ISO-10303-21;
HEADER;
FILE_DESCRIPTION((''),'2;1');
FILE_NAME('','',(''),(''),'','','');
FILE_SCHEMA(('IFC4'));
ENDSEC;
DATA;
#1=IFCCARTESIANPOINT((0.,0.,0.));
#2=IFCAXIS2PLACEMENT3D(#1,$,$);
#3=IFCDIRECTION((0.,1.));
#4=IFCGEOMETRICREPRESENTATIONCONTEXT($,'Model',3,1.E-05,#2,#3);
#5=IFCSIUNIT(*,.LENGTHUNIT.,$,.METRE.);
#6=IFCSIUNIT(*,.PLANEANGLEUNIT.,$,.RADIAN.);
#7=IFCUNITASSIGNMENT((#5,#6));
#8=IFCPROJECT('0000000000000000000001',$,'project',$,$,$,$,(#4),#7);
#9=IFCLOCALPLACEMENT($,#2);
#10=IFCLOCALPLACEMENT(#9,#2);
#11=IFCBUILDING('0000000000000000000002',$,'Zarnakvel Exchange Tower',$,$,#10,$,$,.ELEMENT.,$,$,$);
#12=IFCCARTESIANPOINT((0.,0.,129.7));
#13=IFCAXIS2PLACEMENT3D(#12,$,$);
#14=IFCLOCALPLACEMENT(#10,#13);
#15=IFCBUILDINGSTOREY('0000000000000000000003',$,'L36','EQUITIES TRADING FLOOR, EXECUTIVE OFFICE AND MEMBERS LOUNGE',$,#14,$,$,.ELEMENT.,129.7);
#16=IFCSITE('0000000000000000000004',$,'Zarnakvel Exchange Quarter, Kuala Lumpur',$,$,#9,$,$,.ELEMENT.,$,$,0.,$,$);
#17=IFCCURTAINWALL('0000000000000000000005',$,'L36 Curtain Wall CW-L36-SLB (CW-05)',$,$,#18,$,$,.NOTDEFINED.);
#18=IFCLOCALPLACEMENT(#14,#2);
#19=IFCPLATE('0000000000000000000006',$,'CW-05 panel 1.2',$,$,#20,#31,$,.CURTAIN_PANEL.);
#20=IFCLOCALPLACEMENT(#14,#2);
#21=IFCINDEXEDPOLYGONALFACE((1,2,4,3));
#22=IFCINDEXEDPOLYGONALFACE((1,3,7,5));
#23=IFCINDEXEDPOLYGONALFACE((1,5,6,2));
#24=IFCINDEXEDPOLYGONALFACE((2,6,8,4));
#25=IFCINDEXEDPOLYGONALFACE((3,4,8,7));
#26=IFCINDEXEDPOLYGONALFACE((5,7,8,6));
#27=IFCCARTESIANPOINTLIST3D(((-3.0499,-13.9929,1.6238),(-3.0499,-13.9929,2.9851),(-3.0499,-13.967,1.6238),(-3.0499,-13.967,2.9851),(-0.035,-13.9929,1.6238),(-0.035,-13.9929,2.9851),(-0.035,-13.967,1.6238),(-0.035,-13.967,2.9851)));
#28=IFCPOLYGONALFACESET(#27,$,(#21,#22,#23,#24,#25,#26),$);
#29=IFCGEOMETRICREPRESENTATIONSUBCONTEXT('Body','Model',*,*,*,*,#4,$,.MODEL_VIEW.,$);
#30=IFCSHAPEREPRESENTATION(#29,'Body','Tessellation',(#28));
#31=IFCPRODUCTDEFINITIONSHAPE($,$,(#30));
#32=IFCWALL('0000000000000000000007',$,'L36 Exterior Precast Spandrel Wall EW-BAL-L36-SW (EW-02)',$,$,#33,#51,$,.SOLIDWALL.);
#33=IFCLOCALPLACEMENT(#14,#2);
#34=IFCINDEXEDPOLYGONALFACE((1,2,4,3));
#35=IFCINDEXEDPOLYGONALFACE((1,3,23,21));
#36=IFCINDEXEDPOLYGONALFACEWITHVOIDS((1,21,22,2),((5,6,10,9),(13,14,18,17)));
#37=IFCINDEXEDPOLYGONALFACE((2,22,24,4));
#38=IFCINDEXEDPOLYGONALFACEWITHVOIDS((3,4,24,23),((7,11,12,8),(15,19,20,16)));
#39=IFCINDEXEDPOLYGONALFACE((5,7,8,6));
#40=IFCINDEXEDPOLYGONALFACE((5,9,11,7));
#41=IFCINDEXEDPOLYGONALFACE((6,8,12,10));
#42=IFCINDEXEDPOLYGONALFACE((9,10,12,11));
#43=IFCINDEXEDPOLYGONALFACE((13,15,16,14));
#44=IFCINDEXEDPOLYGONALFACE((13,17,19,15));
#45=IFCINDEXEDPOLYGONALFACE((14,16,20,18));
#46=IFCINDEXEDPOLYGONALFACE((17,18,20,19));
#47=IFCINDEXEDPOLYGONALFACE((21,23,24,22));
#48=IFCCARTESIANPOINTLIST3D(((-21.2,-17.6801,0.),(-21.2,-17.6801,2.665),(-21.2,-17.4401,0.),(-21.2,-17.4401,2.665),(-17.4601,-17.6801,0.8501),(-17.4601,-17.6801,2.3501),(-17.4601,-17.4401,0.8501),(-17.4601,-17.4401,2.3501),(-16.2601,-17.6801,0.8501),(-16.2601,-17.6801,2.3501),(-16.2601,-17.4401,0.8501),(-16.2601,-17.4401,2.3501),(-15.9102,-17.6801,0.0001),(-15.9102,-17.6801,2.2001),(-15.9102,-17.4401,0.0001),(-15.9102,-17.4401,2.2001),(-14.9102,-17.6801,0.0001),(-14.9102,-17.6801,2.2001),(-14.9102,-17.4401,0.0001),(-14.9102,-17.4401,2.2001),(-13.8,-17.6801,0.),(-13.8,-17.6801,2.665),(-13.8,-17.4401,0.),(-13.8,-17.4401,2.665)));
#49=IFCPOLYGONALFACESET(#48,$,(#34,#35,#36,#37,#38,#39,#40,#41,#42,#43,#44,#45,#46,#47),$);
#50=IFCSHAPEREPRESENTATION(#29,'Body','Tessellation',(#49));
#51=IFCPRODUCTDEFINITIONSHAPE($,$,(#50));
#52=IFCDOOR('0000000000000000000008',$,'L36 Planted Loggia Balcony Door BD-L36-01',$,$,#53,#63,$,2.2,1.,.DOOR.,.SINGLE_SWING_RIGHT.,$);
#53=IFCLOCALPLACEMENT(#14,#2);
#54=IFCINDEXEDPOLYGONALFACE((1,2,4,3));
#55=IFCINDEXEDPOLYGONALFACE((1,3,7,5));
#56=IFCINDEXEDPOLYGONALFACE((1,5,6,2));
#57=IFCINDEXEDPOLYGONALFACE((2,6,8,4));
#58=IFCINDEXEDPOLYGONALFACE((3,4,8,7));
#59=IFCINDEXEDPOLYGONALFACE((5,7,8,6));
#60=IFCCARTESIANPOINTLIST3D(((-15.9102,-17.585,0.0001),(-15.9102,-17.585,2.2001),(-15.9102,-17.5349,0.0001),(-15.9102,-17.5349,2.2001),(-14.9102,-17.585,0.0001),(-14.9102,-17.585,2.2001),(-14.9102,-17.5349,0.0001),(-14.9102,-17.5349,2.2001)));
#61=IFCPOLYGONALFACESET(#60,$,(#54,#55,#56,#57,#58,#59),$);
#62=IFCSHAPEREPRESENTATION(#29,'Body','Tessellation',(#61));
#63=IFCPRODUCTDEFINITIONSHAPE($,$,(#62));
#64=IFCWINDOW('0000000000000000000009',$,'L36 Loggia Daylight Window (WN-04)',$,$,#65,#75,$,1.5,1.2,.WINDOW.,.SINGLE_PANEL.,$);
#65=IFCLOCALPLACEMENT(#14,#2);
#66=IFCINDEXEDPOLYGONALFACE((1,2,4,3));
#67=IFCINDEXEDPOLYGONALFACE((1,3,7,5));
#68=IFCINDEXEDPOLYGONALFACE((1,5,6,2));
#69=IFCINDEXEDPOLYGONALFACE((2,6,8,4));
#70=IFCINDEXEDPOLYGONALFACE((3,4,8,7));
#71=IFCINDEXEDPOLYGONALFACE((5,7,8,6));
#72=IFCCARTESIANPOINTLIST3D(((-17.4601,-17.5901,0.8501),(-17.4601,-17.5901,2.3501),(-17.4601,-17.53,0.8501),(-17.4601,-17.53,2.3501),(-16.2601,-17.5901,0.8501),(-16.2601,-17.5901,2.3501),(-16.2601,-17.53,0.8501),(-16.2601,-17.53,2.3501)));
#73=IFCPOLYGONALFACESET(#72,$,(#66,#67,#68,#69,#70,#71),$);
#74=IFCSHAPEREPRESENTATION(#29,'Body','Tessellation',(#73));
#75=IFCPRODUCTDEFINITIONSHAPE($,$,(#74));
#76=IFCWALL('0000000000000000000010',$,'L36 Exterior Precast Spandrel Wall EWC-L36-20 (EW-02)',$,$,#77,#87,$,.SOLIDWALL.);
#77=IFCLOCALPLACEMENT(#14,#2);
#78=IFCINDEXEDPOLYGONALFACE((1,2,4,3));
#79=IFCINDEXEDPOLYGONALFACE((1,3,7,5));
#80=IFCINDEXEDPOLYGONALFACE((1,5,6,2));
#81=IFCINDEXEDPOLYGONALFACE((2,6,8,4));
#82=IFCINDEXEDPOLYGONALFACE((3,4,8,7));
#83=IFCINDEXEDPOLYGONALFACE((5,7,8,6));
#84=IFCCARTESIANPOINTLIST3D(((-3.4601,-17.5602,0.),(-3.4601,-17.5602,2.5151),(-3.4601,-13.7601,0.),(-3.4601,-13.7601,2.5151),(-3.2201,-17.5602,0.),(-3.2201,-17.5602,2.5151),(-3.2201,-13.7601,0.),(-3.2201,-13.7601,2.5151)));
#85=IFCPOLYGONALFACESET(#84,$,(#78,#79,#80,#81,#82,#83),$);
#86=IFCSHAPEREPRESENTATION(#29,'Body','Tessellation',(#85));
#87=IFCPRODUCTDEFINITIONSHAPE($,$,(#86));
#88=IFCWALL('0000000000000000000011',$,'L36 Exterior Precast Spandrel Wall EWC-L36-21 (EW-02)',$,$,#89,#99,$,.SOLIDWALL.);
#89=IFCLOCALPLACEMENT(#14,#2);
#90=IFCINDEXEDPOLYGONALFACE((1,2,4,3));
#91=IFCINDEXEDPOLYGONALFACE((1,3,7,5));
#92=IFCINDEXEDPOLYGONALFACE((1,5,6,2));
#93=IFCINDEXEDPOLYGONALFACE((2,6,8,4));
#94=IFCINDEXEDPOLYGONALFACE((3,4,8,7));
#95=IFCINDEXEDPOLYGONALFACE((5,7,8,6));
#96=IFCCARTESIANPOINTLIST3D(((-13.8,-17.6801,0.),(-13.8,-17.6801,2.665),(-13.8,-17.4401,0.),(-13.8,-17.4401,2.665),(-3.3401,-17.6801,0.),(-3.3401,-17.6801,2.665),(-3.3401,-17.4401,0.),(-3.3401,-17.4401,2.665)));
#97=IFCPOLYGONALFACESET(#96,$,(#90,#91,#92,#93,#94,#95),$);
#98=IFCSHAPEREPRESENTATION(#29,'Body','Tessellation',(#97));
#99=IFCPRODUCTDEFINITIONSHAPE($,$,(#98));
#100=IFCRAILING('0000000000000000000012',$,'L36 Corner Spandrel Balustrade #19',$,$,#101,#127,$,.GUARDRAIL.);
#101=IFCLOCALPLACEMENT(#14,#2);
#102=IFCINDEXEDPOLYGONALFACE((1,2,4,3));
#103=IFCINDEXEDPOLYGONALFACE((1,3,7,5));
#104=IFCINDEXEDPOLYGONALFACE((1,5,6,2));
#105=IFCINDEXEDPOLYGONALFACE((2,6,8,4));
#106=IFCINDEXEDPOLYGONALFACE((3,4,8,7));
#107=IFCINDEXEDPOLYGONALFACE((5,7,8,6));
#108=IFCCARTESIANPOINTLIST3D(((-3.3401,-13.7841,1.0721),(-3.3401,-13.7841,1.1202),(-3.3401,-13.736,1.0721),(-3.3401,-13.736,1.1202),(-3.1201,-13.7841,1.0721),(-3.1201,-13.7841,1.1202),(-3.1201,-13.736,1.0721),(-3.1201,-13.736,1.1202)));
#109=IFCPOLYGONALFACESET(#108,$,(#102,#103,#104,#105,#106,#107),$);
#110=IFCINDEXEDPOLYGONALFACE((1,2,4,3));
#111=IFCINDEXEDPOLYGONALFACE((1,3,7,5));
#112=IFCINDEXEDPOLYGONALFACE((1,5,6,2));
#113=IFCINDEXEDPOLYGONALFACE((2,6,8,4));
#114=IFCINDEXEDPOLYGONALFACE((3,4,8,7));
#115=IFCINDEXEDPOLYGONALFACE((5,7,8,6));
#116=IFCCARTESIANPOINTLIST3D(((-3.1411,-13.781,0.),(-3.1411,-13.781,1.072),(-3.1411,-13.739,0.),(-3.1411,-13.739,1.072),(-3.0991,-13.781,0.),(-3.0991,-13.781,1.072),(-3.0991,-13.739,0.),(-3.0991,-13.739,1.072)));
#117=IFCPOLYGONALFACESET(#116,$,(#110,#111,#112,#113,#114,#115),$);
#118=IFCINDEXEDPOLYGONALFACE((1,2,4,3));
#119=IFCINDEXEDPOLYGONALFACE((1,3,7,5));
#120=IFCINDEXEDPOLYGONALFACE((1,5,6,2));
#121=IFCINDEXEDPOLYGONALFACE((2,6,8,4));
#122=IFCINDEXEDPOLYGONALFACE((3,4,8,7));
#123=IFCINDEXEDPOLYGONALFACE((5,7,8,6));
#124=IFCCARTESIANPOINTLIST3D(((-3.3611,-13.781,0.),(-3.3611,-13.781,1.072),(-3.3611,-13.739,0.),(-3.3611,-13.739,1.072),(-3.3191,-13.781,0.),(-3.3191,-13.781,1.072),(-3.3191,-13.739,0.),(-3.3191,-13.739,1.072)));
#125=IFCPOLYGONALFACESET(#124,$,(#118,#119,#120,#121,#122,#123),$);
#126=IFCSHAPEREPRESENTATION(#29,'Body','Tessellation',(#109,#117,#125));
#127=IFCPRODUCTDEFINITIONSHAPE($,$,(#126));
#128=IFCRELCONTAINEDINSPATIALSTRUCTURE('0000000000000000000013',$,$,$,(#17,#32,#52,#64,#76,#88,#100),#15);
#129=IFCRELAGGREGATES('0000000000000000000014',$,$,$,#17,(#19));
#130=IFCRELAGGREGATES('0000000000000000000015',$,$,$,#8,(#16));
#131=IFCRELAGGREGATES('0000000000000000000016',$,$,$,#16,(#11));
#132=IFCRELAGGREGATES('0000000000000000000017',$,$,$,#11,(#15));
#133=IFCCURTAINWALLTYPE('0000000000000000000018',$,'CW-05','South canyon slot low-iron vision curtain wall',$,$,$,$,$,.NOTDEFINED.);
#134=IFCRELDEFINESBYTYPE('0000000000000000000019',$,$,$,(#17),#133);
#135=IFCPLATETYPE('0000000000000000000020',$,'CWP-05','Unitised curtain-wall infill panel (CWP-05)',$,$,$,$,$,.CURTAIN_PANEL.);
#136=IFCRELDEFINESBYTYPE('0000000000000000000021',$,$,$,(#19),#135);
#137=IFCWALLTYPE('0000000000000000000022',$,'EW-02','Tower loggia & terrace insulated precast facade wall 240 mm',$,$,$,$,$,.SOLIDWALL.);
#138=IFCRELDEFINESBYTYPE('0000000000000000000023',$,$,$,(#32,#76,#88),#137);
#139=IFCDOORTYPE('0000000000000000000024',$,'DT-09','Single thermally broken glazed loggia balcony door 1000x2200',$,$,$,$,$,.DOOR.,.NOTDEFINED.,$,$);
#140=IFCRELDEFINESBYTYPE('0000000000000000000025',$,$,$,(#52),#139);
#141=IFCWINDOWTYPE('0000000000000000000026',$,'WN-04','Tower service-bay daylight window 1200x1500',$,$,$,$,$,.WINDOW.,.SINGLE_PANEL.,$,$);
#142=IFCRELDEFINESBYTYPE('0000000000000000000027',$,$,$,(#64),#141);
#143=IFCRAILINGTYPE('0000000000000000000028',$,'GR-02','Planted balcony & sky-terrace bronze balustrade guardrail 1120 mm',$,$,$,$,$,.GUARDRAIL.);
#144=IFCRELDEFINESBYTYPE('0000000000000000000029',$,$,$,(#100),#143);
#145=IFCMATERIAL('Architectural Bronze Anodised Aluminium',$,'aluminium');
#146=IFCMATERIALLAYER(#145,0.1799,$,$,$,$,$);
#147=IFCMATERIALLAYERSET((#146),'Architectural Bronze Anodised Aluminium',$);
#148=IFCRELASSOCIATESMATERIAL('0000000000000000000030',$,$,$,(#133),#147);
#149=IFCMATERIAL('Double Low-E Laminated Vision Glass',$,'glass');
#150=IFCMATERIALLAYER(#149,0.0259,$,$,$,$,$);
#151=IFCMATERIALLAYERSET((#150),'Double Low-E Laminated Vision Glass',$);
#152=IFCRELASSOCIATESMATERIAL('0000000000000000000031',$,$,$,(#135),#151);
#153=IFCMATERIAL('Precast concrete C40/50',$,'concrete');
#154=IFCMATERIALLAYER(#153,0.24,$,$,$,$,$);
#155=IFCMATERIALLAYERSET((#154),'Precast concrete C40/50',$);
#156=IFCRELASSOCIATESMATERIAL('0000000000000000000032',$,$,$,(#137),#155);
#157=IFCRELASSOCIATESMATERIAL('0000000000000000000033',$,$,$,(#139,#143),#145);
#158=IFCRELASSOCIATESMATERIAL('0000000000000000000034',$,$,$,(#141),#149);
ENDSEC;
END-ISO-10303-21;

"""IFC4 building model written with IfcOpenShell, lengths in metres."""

from ifc_helpers import new_model, si_unit, direction, frame, frame_2d, origin, origin_2d, place, context, subcontext, project, spatial, rectangle, extrude, source, transform, mapped, material, layer, layer_set, type_object, element, fill, aggregate, save


model = new_model("IFC4")

# Units and contexts
model_context = context("Model", 3, precision=1e-05, world=origin(), true_north=direction((0.0, 1.0)))
body_context = subcontext(model_context, "Body", "Model", "MODEL_VIEW")
ifc_project = project(units=[si_unit("LENGTHUNIT", "METRE"), si_unit("PLANEANGLEUNIT", "RADIAN")], contexts=[model_context])

# Site, building, storey
site_placement = place(None, origin())
site = spatial("IfcSite", under=ifc_project, at=site_placement, Name="Zarnakvel Exchange Quarter, Kuala Lumpur", CompositionType="ELEMENT", RefElevation=0.0)
building_placement = place(site_placement, origin())
building = spatial("IfcBuilding", under=site, at=building_placement, Name="Zarnakvel Exchange Tower", CompositionType="ELEMENT")
storey_placement = place(building_placement, frame((0.0, 0.0, 129.7)))
storey = spatial("IfcBuildingStorey", under=building, at=storey_placement, Name="L36", Description="EQUITIES TRADING FLOOR, EXECUTIVE OFFICE AND MEMBERS LOUNGE", CompositionType="ELEMENT", Elevation=129.7)

# Curtain wall
ifc_material_1 = material(Name="Architectural Bronze Anodised Aluminium", Category="aluminium")
ifc_layer_1 = layer(ifc_material_1, 0.1799)
ifc_layer_set_1 = layer_set([ifc_layer_1], Name="Architectural Bronze Anodised Aluminium")
curtain_wall_type = type_object("IfcCurtainWallType", Name="CW-05", Description="South canyon slot low-iron vision curtain wall", PredefinedType="NOTDEFINED", material=ifc_layer_set_1)
curtain_wall_1_placement = place(storey_placement, origin())
curtain_wall_1 = element("IfcCurtainWall", 1, at=curtain_wall_1_placement, inside=storey, type_object=curtain_wall_type, Name="L36 Curtain Wall CW-L36-SLB (CW-05)", PredefinedType="NOTDEFINED")

# Plate
ifc_material_2 = material(Name="Double Low-E Laminated Vision Glass", Category="glass")
ifc_layer_2 = layer(ifc_material_2, 0.0259)
ifc_layer_set_2 = layer_set([ifc_layer_2], Name="Double Low-E Laminated Vision Glass")
plate_type = type_object("IfcPlateType", Name="CWP-05", Description="Unitised curtain-wall infill panel (CWP-05)", PredefinedType="CURTAIN_PANEL", material=ifc_layer_set_2)
shared_shape_1 = source(origin(), body_context, "Body", "SweptSolid", [
    extrude(rectangle(XDim=3.0149, YDim=0.0259, at=origin_2d()), origin(), (0.0, 0.0, 1.0), 1.3613),
])
plate_1_placement = place(storey_placement, frame((-1.5425, -13.98, 1.6238), z_axis=(0.0, 0.0, 1.0), x_axis=(1.0, 0.0, 0.0)))
plate_1 = element("IfcPlate", 2, at=plate_1_placement, type_object=plate_type, Name="CW-05 panel 1.2", PredefinedType="CURTAIN_PANEL", context=body_context, shape_type="MappedRepresentation", body=[
    mapped(shared_shape_1, transform((0.0, 0.0, 0.0), x_axis=(1.0, 0.0, 0.0), y_axis=(0.0, 1.0, 0.0), z_axis=(0.0, 0.0, 1.0), scale=1.0)),
])
aggregate(curtain_wall_1, [plate_1])

# Wall, openings, door, window
ifc_material_3 = material(Name="Precast concrete C40/50", Category="concrete")
ifc_layer_3 = layer(ifc_material_3, 0.24)
ifc_layer_set_3 = layer_set([ifc_layer_3], Name="Precast concrete C40/50")
wall_type = type_object("IfcWallType", Name="EW-02", Description="Tower loggia & terrace insulated precast facade wall 240 mm", PredefinedType="SOLIDWALL", material=ifc_layer_set_3)
wall_1_placement = place(storey_placement, frame((-13.8, -17.5601, 0.0), z_axis=(0.0, 0.0, 1.0), x_axis=(-1.0, 0.0, 0.0)))
wall_1 = element("IfcWall", 3, at=wall_1_placement, inside=storey, type_object=wall_type, Name="L36 Exterior Precast Spandrel Wall EW-BAL-L36-SW (EW-02)", PredefinedType="SOLIDWALL", context=body_context, shape_type="SweptSolid", body=[
    extrude(rectangle(XDim=7.3999, YDim=0.24, at=frame_2d((3.7, 0.0))), origin(), (0.0, 0.0, 1.0), 2.665),
])
opening_1_placement = place(wall_1_placement, frame((1.1101, 0.0, 0.0)))
opening_1 = element("IfcOpeningElement", 4, at=opening_1_placement, cuts=wall_1, PredefinedType="OPENING", context=body_context, shape_type="SweptSolid", body=[
    extrude(rectangle(XDim=1.0, YDim=2.2, at=frame_2d((0.5, 1.1001))), frame((0.0, 0.1299, 0.0), z_axis=(0.0, -1.0, 0.0), x_axis=(1.0, 0.0, 0.0)), (0.0, 0.0, 1.0), 0.26),
])
opening_2_placement = place(wall_1_placement, frame((2.46, 0.0, 0.8501)))
opening_2 = element("IfcOpeningElement", 5, at=opening_2_placement, cuts=wall_1, PredefinedType="OPENING", context=body_context, shape_type="SweptSolid", body=[
    extrude(rectangle(XDim=1.2, YDim=1.5, at=frame_2d((0.6001, 0.75))), frame((0.0, 0.1299, 0.0), z_axis=(0.0, -1.0, 0.0), x_axis=(1.0, 0.0, 0.0)), (0.0, 0.0, 1.0), 0.26),
])
door_type = type_object("IfcDoorType", Name="DT-09", Description="Single thermally broken glazed loggia balcony door 1000x2200", OperationType="NOTDEFINED", PredefinedType="DOOR", material=ifc_material_1)
shared_shape_2 = source(origin(), body_context, "Body", "SweptSolid", [
    extrude(rectangle(XDim=1.0, YDim=2.2, at=frame_2d((0.5, 1.1001))), frame((0.0, 0.0249, 0.0), z_axis=(0.0, -1.0, 0.0), x_axis=(1.0, 0.0, 0.0)), (0.0, 0.0, 1.0), 0.05),
])
door_placement = place(opening_1_placement, origin())
door = element("IfcDoor", 6, at=door_placement, inside=storey, type_object=door_type, Name="L36 Planted Loggia Balcony Door BD-L36-01", OperationType="SINGLE_SWING_RIGHT", OverallHeight=2.2, OverallWidth=1.0, PredefinedType="DOOR", context=body_context, shape_type="MappedRepresentation", body=[
    mapped(shared_shape_2, transform((0.0, 0.0, 0.0), x_axis=(1.0, 0.0, 0.0), y_axis=(0.0, 1.0, 0.0), z_axis=(0.0, 0.0, 1.0), scale=1.0)),
])
fill(opening_1, door)
window_type = type_object("IfcWindowType", Name="WN-04", Description="Tower service-bay daylight window 1200x1500", PartitioningType="SINGLE_PANEL", PredefinedType="WINDOW", material=ifc_material_2)
shared_shape_3 = source(origin(), body_context, "Body", "SweptSolid", [
    extrude(rectangle(XDim=1.2, YDim=1.5, at=frame_2d((0.6001, 0.75))), frame((0.0, 0.03, 0.0), z_axis=(0.0, -1.0, 0.0), x_axis=(1.0, 0.0, 0.0)), (0.0, 0.0, 1.0), 0.0601),
])
window_placement = place(opening_2_placement, origin())
window = element("IfcWindow", 7, at=window_placement, inside=storey, type_object=window_type, Name="L36 Loggia Daylight Window (WN-04)", OverallHeight=1.5, OverallWidth=1.2, PartitioningType="SINGLE_PANEL", PredefinedType="WINDOW", context=body_context, shape_type="MappedRepresentation", body=[
    mapped(shared_shape_3, transform((0.0, 0.0, 0.0), x_axis=(1.0, 0.0, 0.0), y_axis=(0.0, 1.0, 0.0), z_axis=(0.0, 0.0, 1.0), scale=1.0)),
])
fill(opening_2, window)

# Walls
wall_2_placement = place(storey_placement, frame((-3.3401, -17.5601, 0.0), z_axis=(0.0, 0.0, 1.0), x_axis=(0.0, 1.0, 0.0)))
element("IfcWall", 8, at=wall_2_placement, inside=storey, type_object=wall_type, Name="L36 Exterior Precast Spandrel Wall EWC-L36-20 (EW-02)", PredefinedType="SOLIDWALL", context=body_context, shape_type="SweptSolid", body=[
    extrude(rectangle(XDim=3.8, YDim=0.24, at=frame_2d((1.8999, 0.0))), origin(), (0.0, 0.0, 1.0), 2.5151),
])
wall_3_placement = place(storey_placement, frame((-13.8, -17.5601, 0.0), z_axis=(0.0, 0.0, 1.0), x_axis=(1.0, 0.0, 0.0)))
element("IfcWall", 9, at=wall_3_placement, inside=storey, type_object=wall_type, Name="L36 Exterior Precast Spandrel Wall EWC-L36-21 (EW-02)", PredefinedType="SOLIDWALL", context=body_context, shape_type="SweptSolid", body=[
    extrude(rectangle(XDim=10.46, YDim=0.24, at=frame_2d((5.23, 0.0))), origin(), (0.0, 0.0, 1.0), 2.665),
])

# Railing
railing_type_1 = type_object("IfcRailingType", Name="GR-02", Description="Planted balcony & sky-terrace bronze balustrade guardrail 1120 mm", PredefinedType="GUARDRAIL", material=ifc_material_1)
railing_1_placement = place(storey_placement, frame((-3.1201, -13.76, 0.0)))
element("IfcRailing", 10, at=railing_1_placement, inside=storey, type_object=railing_type_1, Name="L36 Corner Spandrel Balustrade #19", PredefinedType="GUARDRAIL", context=body_context, shape_type="SweptSolid", body=[
    extrude(rectangle(XDim=0.0481, YDim=0.0481, at=origin_2d()), frame((0.0, 0.0, 1.0962), z_axis=(-1.0, 0.0, 0.0), x_axis=(0.0, -1.0, 0.0)), (0.0, 0.0, 1.0), 0.22),
    extrude(rectangle(XDim=0.042, YDim=0.042, at=origin_2d()), origin(), (0.0, 0.0, 1.0), 1.072),
    extrude(rectangle(XDim=0.042, YDim=0.042, at=origin_2d()), frame((-0.22, 0.0, 0.0)), (0.0, 0.0, 1.0), 1.072),
])

save(model, "model.ifc")
